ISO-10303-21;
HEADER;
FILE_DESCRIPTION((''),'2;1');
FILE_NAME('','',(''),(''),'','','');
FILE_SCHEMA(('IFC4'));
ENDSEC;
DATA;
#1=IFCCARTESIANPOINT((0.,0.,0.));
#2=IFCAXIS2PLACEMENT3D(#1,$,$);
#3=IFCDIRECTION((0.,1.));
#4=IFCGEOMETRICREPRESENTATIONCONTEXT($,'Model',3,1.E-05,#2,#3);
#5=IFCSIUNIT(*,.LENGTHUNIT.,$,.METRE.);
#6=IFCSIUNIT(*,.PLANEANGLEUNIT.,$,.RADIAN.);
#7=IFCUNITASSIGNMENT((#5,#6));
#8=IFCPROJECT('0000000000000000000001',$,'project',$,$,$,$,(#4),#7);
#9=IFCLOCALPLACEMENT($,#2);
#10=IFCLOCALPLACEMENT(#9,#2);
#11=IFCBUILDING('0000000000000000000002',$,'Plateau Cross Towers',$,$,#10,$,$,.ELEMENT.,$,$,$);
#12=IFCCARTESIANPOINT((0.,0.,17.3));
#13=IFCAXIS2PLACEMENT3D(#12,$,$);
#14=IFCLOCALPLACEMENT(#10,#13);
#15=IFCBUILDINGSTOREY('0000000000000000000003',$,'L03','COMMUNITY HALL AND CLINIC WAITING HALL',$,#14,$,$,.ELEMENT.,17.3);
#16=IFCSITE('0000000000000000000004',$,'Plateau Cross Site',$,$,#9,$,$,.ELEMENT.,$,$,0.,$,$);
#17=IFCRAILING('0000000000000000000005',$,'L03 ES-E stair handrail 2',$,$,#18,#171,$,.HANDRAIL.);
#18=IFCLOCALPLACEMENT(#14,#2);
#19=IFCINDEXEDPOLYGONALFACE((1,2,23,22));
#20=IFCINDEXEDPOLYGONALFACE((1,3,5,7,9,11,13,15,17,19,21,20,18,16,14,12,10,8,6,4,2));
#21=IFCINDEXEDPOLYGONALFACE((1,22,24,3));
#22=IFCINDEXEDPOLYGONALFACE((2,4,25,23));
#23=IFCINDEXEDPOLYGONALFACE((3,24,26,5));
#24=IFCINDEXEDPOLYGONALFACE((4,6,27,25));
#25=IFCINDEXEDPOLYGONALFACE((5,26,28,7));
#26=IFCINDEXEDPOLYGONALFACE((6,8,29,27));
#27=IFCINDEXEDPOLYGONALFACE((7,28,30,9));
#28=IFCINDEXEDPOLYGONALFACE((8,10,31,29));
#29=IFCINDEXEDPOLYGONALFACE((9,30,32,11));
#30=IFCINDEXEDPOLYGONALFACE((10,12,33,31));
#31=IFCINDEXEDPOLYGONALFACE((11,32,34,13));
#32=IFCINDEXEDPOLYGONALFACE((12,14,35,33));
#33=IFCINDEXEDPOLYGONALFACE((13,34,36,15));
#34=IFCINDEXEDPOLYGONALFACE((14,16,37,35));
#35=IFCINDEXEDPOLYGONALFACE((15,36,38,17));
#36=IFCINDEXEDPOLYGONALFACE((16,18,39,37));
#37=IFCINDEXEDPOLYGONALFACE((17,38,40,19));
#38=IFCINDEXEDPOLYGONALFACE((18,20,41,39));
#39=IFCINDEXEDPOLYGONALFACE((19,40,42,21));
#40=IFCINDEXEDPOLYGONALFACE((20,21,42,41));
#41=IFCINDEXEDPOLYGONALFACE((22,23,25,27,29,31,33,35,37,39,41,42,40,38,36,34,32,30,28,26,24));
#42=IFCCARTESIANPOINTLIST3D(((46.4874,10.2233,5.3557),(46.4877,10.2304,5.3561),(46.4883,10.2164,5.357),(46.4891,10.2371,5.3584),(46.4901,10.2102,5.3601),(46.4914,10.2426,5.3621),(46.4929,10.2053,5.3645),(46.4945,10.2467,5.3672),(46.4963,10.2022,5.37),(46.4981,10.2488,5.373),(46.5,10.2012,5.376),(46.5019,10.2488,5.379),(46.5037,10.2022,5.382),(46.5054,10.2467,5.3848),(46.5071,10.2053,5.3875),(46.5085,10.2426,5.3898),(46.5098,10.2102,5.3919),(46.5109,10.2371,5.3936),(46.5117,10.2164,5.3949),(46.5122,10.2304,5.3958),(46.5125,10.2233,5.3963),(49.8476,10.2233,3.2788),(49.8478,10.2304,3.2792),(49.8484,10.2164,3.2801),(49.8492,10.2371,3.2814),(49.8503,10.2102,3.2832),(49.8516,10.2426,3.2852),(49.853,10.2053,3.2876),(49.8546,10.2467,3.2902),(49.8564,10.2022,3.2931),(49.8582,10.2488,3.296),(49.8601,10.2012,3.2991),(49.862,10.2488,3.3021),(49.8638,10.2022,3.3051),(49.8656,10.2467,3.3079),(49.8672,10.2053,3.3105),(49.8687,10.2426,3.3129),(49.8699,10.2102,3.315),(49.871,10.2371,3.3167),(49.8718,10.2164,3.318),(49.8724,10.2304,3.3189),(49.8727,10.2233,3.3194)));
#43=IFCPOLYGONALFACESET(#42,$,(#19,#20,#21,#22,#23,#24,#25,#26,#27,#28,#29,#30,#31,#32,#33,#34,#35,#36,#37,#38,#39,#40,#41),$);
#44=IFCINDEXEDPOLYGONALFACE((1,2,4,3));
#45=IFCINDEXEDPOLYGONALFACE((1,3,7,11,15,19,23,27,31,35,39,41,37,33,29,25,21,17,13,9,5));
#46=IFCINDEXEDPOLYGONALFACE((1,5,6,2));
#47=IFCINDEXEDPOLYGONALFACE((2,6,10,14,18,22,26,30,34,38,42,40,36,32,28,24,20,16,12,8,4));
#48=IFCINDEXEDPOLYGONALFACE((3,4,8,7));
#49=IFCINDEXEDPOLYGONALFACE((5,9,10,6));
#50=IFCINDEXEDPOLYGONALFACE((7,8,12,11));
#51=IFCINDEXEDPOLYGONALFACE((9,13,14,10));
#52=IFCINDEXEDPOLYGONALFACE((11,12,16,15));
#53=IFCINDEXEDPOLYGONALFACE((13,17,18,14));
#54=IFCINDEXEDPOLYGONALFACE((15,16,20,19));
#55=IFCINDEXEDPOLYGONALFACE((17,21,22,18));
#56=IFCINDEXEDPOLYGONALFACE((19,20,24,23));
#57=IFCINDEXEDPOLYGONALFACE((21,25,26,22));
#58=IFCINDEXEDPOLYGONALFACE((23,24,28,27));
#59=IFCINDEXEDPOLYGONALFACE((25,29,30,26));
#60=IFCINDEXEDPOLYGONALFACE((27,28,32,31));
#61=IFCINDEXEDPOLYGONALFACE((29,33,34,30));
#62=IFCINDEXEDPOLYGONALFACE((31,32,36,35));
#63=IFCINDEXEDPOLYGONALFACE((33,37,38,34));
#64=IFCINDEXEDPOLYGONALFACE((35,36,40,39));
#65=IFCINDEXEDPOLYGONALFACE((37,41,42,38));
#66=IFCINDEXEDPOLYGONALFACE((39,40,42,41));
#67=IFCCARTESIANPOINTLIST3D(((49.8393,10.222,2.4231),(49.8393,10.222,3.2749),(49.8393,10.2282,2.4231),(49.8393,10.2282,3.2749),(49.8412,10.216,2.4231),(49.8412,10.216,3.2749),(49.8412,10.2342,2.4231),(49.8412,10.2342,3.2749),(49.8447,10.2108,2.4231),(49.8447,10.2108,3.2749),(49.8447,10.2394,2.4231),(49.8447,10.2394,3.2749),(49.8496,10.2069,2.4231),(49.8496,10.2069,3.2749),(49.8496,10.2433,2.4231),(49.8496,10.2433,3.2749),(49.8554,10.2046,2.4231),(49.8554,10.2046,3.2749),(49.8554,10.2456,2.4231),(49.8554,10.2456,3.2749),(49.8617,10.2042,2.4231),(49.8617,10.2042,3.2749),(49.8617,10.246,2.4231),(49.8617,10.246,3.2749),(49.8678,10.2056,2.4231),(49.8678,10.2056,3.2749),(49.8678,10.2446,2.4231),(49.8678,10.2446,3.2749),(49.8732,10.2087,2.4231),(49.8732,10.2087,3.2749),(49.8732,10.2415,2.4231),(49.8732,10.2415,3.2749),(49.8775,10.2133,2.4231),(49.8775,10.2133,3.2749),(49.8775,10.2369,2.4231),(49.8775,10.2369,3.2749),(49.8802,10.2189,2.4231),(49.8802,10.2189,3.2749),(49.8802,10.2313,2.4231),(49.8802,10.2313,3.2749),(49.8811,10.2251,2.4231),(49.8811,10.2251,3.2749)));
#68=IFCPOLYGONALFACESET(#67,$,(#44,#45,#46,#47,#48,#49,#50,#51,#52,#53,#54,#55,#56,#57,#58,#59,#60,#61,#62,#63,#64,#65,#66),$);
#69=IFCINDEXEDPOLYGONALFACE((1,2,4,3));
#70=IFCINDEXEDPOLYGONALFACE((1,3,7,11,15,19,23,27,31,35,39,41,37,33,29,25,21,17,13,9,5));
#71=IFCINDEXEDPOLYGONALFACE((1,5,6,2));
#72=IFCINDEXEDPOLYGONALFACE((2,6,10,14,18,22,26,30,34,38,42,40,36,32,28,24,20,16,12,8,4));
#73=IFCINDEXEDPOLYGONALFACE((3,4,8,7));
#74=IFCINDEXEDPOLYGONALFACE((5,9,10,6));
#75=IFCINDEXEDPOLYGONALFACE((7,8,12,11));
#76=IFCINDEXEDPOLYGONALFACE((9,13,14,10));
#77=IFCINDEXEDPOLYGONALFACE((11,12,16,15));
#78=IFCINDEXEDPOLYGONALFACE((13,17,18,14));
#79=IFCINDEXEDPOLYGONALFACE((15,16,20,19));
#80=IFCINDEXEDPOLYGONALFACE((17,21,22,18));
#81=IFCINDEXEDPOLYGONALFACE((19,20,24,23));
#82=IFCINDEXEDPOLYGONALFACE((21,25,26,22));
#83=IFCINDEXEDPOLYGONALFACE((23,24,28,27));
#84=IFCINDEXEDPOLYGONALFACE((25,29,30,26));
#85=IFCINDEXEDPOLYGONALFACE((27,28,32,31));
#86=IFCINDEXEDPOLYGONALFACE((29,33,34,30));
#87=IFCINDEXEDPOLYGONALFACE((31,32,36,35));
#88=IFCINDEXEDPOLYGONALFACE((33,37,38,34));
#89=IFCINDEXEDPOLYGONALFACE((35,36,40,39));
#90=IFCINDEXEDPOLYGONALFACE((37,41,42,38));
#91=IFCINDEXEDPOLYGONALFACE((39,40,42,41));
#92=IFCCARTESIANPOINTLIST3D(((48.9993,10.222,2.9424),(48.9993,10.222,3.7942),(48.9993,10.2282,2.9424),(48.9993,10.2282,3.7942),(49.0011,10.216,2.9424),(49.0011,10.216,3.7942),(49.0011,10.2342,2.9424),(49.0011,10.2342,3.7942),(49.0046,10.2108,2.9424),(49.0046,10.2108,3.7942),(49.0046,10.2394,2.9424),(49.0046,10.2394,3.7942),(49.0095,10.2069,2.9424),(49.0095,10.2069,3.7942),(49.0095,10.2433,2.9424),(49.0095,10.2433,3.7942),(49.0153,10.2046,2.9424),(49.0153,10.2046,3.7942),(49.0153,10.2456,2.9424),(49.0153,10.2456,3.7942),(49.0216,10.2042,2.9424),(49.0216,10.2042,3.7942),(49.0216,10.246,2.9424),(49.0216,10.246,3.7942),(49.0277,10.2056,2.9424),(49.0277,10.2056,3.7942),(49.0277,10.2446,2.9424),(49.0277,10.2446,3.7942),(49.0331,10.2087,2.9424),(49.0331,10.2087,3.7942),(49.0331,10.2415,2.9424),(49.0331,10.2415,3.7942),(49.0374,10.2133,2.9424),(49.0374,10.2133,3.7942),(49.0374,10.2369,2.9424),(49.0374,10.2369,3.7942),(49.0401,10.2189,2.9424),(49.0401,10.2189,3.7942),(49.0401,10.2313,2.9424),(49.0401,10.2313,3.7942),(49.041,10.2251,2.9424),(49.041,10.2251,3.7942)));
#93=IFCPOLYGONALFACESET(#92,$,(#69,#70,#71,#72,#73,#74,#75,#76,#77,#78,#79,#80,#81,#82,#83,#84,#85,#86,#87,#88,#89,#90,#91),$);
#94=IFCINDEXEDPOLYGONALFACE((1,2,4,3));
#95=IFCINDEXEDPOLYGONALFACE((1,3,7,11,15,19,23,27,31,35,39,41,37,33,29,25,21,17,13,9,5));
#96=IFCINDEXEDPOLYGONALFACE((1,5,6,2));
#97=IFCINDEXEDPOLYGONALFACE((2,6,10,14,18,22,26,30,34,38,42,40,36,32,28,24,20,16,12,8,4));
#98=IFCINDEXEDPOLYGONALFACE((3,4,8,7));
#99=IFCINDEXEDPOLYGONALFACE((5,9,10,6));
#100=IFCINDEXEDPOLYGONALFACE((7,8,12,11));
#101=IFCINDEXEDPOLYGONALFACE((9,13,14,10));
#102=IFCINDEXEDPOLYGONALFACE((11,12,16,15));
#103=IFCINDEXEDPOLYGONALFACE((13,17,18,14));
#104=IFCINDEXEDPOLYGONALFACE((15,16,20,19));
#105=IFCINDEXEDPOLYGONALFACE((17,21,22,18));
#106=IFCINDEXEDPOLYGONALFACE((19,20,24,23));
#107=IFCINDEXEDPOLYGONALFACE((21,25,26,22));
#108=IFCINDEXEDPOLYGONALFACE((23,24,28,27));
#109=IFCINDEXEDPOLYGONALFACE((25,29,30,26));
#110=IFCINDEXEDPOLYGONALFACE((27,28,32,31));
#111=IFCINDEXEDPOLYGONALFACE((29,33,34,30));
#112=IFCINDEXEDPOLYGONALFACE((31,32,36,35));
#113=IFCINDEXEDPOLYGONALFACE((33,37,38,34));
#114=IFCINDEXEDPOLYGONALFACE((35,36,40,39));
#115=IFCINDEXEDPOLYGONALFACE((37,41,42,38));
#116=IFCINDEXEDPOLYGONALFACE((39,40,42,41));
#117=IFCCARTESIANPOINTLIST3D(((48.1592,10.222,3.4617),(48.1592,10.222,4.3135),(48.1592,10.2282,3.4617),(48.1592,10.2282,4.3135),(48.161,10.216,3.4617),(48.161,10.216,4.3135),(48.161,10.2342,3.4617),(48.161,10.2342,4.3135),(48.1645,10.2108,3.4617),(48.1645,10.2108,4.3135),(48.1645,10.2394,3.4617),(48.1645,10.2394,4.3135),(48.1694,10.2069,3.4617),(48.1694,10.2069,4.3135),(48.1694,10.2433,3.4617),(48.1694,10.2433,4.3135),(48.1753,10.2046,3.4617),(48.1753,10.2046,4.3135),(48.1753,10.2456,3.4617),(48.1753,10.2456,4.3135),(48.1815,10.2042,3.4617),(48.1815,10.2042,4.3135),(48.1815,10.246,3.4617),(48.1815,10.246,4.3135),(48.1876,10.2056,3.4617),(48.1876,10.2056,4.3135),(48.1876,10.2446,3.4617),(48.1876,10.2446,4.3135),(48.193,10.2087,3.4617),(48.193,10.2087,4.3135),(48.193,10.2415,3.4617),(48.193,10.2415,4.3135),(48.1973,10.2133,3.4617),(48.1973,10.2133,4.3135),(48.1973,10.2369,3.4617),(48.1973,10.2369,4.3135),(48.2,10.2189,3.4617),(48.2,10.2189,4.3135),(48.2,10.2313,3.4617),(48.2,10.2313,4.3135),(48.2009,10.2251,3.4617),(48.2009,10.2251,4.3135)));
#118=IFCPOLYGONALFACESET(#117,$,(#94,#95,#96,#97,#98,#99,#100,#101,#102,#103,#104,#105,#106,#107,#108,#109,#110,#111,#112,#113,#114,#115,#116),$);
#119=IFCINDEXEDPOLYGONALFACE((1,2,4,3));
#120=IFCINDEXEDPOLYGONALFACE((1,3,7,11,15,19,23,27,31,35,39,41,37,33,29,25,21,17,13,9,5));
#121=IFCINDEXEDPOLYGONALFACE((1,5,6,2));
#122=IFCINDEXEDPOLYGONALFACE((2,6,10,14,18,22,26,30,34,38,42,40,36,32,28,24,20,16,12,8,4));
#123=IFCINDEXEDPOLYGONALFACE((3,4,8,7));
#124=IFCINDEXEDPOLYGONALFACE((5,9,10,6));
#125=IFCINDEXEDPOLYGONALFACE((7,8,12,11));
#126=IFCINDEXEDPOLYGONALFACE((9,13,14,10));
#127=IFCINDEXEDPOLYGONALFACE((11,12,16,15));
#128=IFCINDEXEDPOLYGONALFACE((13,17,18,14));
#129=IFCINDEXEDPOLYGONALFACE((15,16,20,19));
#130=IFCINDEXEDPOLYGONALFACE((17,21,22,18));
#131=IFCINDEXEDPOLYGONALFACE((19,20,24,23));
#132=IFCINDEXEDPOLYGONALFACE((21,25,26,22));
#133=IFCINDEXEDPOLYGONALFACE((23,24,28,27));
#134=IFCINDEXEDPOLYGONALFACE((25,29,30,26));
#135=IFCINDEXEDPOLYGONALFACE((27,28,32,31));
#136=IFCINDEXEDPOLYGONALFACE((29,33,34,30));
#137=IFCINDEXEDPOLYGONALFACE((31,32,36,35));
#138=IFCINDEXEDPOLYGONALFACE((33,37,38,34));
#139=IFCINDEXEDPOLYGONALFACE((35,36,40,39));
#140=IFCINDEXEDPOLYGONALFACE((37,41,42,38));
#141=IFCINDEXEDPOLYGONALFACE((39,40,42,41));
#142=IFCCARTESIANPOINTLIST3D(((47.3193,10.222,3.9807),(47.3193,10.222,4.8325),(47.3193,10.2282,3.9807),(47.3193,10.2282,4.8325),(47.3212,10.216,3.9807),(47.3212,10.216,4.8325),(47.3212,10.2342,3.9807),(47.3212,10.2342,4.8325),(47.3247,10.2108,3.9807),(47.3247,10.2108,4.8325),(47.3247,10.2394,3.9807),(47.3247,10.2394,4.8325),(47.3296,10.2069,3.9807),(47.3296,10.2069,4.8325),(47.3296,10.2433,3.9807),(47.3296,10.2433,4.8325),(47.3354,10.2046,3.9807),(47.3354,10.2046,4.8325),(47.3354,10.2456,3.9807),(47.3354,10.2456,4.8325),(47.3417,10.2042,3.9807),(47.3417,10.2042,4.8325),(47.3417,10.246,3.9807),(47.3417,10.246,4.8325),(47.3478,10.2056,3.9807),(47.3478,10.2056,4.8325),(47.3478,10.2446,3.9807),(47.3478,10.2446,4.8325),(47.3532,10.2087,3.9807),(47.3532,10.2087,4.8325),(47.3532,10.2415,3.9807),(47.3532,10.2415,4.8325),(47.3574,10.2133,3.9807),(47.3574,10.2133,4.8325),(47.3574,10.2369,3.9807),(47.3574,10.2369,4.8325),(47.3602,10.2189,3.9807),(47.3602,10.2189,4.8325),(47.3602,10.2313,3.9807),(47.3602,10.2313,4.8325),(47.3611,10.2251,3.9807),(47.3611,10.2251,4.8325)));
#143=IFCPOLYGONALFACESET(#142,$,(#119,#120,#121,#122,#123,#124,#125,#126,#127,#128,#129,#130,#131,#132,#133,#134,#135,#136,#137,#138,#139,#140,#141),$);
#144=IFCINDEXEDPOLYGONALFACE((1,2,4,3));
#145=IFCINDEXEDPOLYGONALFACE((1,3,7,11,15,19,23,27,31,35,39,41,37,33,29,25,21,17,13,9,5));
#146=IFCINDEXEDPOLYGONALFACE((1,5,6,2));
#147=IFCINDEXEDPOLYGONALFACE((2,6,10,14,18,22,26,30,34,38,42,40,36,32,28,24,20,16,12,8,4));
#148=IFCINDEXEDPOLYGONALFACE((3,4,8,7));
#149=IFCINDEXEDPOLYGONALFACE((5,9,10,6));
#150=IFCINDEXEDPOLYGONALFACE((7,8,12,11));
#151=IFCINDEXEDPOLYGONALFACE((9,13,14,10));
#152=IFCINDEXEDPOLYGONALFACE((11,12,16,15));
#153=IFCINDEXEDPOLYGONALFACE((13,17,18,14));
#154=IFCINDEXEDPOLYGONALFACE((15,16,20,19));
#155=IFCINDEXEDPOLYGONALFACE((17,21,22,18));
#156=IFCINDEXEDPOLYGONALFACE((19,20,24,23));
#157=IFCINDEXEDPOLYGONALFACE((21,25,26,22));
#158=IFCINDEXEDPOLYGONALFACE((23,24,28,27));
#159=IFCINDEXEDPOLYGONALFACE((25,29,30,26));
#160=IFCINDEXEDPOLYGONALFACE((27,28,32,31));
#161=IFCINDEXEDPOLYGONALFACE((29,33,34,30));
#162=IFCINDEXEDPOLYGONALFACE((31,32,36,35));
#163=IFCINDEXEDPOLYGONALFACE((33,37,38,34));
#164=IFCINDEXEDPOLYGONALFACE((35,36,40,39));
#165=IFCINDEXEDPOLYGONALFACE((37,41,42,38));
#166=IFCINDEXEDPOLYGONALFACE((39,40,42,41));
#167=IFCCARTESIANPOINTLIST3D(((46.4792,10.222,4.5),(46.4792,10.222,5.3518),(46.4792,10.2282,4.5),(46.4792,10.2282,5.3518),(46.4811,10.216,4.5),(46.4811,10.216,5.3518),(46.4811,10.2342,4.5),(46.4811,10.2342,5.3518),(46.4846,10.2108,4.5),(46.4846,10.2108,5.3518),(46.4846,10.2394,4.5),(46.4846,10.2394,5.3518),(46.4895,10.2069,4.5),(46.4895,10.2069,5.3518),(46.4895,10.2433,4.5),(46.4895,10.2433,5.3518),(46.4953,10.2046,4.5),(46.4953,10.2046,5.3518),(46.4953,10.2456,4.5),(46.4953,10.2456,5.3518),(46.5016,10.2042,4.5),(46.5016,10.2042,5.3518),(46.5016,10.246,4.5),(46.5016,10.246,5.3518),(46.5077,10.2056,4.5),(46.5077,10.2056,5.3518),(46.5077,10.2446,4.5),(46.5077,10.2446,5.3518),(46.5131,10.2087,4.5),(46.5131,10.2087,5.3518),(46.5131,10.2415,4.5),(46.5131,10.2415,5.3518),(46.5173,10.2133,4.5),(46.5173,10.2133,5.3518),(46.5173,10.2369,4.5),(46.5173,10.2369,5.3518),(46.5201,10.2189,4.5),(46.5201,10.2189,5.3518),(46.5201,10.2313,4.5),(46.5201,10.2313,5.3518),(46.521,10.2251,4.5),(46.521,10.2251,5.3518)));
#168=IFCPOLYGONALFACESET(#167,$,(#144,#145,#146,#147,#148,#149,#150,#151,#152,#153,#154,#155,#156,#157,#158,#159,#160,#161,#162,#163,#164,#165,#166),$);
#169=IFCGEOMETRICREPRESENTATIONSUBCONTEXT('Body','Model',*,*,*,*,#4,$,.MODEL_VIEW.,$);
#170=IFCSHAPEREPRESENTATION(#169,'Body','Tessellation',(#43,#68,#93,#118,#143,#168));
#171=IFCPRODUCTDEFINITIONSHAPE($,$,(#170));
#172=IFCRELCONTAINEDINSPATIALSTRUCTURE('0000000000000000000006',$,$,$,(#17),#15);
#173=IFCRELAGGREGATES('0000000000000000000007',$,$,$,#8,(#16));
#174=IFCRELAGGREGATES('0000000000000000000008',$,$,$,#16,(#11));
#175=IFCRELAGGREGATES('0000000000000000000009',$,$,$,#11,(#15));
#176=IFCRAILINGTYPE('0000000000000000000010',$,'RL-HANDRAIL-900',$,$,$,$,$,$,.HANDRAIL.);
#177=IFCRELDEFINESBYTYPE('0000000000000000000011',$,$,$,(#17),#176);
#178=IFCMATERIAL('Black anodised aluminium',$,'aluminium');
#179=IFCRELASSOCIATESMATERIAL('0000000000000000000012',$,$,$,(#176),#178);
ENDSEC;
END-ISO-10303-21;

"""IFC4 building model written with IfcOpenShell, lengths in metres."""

from ifc_helpers import new_model, si_unit, direction, frame, origin, origin_2d, place, context, subcontext, project, spatial, circle, extrude, material, type_object, element, save


model = new_model("IFC4")

# Units and contexts
model_context = context("Model", 3, precision=1e-05, world=origin(), true_north=direction((0.0, 1.0)))
body_context = subcontext(model_context, "Body", "Model", "MODEL_VIEW")
ifc_project = project(units=[si_unit("LENGTHUNIT", "METRE"), si_unit("PLANEANGLEUNIT", "RADIAN")], contexts=[model_context])

# Site, building, storey
site_placement = place(None, origin())
site = spatial("IfcSite", under=ifc_project, at=site_placement, Name="Plateau Cross Site", CompositionType="ELEMENT", RefElevation=0.0)
building_placement = place(site_placement, origin())
building = spatial("IfcBuilding", under=site, at=building_placement, Name="Plateau Cross Towers", CompositionType="ELEMENT")
storey_placement = place(building_placement, frame((0.0, 0.0, 17.3)))
storey = spatial("IfcBuildingStorey", under=building, at=storey_placement, Name="L03", Description="COMMUNITY HALL AND CLINIC WAITING HALL", CompositionType="ELEMENT", Elevation=17.3)

# Railing
ifc_material_1 = material(Name="Black anodised aluminium", Category="aluminium")
railing_type_1 = type_object("IfcRailingType", Name="RL-HANDRAIL-900", PredefinedType="HANDRAIL", material=ifc_material_1)
railing_1_placement = place(storey_placement, frame((49.8601, 10.2251, 2.4231)))
element("IfcRailing", 1, at=railing_1_placement, inside=storey, type_object=railing_type_1, Name="L03 ES-E stair handrail 2", PredefinedType="HANDRAIL", context=body_context, shape_type="SweptSolid", body=[
    extrude(circle(Radius=0.0239, at=origin_2d()), frame((0.0, 0.0, 0.876), z_axis=(-0.850623, 0.0, 0.525776), x_axis=(0.0, -1.0, 0.0)), (0.0, 0.0, 1.0), 3.9502),
    extrude(circle(Radius=0.021, at=origin_2d()), origin(), (0.0, 0.0, 1.0), 0.8518),
    extrude(circle(Radius=0.021, at=origin_2d()), frame((-0.8401, 0.0, 0.5193)), (0.0, 0.0, 1.0), 0.8518),
    extrude(circle(Radius=0.021, at=origin_2d()), frame((-1.6802, 0.0, 1.0386)), (0.0, 0.0, 1.0), 0.8518),
    extrude(circle(Radius=0.021, at=origin_2d()), frame((-2.52, 0.0, 1.5576)), (0.0, 0.0, 1.0), 0.8518),
    extrude(circle(Radius=0.021, at=origin_2d()), frame((-3.3601, 0.0, 2.0769)), (0.0, 0.0, 1.0), 0.8518),
])

save(model, "model.ifc")
